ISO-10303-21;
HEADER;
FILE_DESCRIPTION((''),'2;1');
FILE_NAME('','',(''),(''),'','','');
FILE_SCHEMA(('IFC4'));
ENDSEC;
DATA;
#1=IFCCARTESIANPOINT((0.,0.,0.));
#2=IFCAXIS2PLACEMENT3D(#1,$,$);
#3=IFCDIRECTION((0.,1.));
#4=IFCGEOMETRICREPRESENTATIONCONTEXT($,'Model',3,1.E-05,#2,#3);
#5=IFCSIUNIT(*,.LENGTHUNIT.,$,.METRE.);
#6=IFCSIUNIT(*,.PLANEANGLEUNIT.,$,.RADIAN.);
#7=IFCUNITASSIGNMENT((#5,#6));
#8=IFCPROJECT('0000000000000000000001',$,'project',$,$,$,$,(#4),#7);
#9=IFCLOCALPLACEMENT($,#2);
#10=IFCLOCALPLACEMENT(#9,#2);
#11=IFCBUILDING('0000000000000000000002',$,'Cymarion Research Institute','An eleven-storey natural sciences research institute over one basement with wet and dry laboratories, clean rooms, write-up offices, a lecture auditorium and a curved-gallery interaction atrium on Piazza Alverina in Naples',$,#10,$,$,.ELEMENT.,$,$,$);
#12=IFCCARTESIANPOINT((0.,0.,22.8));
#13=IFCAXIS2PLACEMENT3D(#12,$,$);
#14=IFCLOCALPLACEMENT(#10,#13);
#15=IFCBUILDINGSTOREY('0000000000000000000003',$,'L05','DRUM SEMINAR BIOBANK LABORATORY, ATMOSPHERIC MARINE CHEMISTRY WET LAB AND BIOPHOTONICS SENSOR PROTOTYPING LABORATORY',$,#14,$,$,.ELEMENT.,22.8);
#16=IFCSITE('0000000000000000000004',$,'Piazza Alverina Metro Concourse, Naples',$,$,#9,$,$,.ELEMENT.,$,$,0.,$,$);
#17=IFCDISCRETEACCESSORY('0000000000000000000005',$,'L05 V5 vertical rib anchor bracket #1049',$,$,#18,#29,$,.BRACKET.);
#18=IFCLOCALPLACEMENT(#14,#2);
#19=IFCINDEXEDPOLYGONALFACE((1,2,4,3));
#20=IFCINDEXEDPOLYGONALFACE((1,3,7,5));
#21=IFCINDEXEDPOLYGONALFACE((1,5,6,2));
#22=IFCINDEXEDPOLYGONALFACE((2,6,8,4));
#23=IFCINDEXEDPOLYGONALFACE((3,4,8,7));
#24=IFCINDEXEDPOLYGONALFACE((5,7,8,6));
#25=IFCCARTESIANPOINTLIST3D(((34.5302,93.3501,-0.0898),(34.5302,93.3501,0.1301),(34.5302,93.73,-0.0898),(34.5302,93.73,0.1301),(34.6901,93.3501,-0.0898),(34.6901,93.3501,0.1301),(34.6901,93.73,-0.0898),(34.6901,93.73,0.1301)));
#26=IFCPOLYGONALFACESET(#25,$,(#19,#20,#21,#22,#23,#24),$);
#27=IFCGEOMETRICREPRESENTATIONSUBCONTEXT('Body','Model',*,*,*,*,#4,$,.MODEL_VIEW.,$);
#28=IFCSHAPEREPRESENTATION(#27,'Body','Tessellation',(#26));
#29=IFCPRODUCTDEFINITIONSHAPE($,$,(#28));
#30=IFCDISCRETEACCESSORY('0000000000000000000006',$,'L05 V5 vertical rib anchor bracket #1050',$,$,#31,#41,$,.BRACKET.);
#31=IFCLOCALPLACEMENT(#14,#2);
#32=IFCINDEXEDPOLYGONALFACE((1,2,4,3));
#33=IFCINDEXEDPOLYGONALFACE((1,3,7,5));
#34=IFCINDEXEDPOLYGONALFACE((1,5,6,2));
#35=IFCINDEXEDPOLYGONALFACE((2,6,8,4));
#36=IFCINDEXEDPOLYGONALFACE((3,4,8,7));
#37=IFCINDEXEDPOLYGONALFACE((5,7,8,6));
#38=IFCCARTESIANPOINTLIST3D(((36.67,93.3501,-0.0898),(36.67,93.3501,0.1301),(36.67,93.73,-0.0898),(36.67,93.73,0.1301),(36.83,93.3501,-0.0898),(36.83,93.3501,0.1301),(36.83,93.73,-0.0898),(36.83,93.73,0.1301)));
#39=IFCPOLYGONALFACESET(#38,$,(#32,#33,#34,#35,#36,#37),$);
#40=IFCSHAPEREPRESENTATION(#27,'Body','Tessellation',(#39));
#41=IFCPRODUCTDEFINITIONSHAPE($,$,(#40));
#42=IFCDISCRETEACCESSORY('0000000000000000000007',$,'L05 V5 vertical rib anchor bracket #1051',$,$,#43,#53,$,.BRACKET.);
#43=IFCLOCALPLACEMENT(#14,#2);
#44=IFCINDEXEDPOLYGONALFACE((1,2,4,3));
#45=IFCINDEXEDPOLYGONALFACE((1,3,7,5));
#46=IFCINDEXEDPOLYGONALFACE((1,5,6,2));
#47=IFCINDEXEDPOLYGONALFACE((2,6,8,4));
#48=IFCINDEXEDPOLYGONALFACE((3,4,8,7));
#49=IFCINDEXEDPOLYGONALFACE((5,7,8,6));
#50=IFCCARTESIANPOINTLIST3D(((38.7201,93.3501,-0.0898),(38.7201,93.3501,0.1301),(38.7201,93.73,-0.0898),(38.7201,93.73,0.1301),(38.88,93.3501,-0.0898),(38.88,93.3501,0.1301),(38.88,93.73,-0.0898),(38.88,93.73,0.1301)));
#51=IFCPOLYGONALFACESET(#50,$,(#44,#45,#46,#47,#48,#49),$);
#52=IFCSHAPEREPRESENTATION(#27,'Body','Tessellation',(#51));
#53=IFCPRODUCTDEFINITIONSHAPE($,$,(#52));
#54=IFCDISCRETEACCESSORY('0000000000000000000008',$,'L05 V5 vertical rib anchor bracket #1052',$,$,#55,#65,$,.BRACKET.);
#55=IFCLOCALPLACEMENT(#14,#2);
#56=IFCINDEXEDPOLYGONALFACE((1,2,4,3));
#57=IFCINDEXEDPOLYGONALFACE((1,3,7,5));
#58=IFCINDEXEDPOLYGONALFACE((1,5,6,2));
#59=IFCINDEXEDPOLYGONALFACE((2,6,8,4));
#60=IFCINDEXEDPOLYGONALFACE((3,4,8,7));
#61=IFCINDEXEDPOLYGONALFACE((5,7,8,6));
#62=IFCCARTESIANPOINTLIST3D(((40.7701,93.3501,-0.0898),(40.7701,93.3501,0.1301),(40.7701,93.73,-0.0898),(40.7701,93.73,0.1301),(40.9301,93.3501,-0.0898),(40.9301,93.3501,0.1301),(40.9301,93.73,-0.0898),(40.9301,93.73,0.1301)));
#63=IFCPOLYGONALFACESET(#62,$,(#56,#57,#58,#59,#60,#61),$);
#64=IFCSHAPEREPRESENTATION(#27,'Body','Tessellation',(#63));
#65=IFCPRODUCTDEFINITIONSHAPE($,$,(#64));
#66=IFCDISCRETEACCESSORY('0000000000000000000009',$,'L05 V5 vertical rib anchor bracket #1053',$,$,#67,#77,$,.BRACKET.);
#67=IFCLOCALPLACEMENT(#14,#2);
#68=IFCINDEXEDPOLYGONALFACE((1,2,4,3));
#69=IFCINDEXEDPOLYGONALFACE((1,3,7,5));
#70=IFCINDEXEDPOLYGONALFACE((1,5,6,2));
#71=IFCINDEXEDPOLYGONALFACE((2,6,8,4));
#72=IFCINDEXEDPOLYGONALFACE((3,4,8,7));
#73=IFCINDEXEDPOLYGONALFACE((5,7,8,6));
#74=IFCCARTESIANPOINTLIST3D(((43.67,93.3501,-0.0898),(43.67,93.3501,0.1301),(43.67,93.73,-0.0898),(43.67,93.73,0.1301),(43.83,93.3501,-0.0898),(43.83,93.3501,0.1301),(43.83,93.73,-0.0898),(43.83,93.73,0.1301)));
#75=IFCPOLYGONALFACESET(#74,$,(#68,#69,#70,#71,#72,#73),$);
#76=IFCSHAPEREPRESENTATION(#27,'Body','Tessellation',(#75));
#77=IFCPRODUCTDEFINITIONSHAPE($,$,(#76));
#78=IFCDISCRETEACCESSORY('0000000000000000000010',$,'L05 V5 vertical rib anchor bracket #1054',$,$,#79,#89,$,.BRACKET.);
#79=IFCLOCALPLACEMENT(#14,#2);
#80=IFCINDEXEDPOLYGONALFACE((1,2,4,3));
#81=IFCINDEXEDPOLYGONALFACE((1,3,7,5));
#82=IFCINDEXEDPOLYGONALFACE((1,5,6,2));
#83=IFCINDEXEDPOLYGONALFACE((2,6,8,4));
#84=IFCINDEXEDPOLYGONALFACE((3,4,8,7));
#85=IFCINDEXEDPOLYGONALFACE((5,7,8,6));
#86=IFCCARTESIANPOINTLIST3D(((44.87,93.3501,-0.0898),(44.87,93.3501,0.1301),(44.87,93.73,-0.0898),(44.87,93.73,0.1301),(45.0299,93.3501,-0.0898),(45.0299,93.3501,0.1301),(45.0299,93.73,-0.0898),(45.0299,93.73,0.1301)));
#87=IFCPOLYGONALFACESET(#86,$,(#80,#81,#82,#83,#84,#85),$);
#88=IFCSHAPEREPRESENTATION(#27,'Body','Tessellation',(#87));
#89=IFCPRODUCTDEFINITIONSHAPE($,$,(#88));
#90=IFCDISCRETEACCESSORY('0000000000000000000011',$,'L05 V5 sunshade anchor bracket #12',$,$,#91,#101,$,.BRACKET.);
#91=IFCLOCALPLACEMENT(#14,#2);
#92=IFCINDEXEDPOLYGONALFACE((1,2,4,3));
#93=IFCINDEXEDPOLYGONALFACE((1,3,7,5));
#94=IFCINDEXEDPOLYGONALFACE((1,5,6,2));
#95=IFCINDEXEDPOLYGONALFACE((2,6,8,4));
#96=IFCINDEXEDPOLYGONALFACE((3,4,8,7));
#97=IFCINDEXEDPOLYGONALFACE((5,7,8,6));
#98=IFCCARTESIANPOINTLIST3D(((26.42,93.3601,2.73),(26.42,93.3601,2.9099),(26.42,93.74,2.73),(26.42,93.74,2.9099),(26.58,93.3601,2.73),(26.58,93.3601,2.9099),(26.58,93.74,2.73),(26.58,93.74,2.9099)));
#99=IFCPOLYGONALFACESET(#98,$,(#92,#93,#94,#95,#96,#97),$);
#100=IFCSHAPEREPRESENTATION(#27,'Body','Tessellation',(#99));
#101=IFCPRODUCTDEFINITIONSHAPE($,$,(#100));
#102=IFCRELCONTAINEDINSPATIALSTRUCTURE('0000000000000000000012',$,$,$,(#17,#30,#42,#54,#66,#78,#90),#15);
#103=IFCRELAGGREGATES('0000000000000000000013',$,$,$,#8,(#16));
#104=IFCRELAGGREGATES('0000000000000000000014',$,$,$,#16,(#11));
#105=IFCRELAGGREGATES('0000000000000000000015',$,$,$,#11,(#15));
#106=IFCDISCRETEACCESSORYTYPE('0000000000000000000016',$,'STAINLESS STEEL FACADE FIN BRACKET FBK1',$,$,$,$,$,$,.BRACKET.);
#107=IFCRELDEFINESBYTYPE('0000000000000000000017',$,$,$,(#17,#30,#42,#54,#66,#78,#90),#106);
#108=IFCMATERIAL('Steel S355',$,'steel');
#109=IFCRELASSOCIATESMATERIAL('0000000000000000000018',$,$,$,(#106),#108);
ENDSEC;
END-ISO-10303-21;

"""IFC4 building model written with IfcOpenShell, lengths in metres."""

from ifc_helpers import new_model, si_unit, direction, frame, origin, origin_2d, place, context, subcontext, project, spatial, rectangle, extrude, material, type_object, element, save


model = new_model("IFC4")

# Units and contexts
model_context = context("Model", 3, precision=1e-05, world=origin(), true_north=direction((0.0, 1.0)))
body_context = subcontext(model_context, "Body", "Model", "MODEL_VIEW")
ifc_project = project(units=[si_unit("LENGTHUNIT", "METRE"), si_unit("PLANEANGLEUNIT", "RADIAN")], contexts=[model_context])

# Site, building, storey
site_placement = place(None, origin())
site = spatial("IfcSite", under=ifc_project, at=site_placement, Name="Piazza Alverina Metro Concourse, Naples", CompositionType="ELEMENT", RefElevation=0.0)
building_placement = place(site_placement, origin())
building = spatial("IfcBuilding", under=site, at=building_placement, Name="Cymarion Research Institute", Description="An eleven-storey natural sciences research institute over one basement with wet and dry laboratories, clean rooms, write-up offices, a lecture auditorium and a curved-gallery interaction atrium on Piazza Alverina in Naples", CompositionType="ELEMENT")
storey_placement = place(building_placement, frame((0.0, 0.0, 22.8)))
storey = spatial("IfcBuildingStorey", under=building, at=storey_placement, Name="L05", Description="DRUM SEMINAR BIOBANK LABORATORY, ATMOSPHERIC MARINE CHEMISTRY WET LAB AND BIOPHOTONICS SENSOR PROTOTYPING LABORATORY", CompositionType="ELEMENT", Elevation=22.8)

# Shared definitions
ifc_material_1 = material(Name="Steel S355", Category="steel")

# Discrete accessories
discrete_accessory_type = type_object("IfcDiscreteAccessoryType", Name="STAINLESS STEEL FACADE FIN BRACKET FBK1", PredefinedType="BRACKET", material=ifc_material_1)
for number, where, z_axis, x_axis, name in (
    (1, (34.6101, 93.54, -0.0898), (0.0, 0.0, 1.0), (0.0, -1.0, 0.0), "L05 V5 vertical rib anchor bracket #1049"),
    (2, (36.75, 93.54, -0.0898), (0.0, 0.0, 1.0), (0.0, -1.0, 0.0), "L05 V5 vertical rib anchor bracket #1050"),
    (3, (38.8, 93.54, -0.0898), (0.0, 0.0, 1.0), (0.0, -1.0, 0.0), "L05 V5 vertical rib anchor bracket #1051"),
    (4, (40.8501, 93.54, -0.0898), (0.0, 0.0, 1.0), (0.0, -1.0, 0.0), "L05 V5 vertical rib anchor bracket #1052"),
    (5, (43.75, 93.54, -0.0898), (0.0, 0.0, 1.0), (0.0, -1.0, 0.0), "L05 V5 vertical rib anchor bracket #1053"),
    (6, (44.95, 93.54, -0.0898), (0.0, 0.0, 1.0), (0.0, -1.0, 0.0), "L05 V5 vertical rib anchor bracket #1054"),
):
    element("IfcDiscreteAccessory", number, at=place(storey_placement, frame(where, z_axis=z_axis, x_axis=x_axis)), inside=storey, type_object=discrete_accessory_type, Name=name, PredefinedType="BRACKET", context=body_context, shape_type="SweptSolid", body=[
        extrude(rectangle(XDim=0.3799, YDim=0.1599, at=origin_2d()), origin(), (0.0, 0.0, 1.0), 0.22),
    ])
discrete_accessory_1_placement = place(storey_placement, frame((26.5, 93.55, 2.73), z_axis=(0.0, 0.0, 1.0), x_axis=(0.0, -1.0, 0.0)))
element("IfcDiscreteAccessory", 7, at=discrete_accessory_1_placement, inside=storey, type_object=discrete_accessory_type, Name="L05 V5 sunshade anchor bracket #12", PredefinedType="BRACKET", context=body_context, shape_type="SweptSolid", body=[
    extrude(rectangle(XDim=0.3799, YDim=0.1599, at=origin_2d()), origin(), (0.0, 0.0, 1.0), 0.1799),
])

save(model, "model.ifc")
